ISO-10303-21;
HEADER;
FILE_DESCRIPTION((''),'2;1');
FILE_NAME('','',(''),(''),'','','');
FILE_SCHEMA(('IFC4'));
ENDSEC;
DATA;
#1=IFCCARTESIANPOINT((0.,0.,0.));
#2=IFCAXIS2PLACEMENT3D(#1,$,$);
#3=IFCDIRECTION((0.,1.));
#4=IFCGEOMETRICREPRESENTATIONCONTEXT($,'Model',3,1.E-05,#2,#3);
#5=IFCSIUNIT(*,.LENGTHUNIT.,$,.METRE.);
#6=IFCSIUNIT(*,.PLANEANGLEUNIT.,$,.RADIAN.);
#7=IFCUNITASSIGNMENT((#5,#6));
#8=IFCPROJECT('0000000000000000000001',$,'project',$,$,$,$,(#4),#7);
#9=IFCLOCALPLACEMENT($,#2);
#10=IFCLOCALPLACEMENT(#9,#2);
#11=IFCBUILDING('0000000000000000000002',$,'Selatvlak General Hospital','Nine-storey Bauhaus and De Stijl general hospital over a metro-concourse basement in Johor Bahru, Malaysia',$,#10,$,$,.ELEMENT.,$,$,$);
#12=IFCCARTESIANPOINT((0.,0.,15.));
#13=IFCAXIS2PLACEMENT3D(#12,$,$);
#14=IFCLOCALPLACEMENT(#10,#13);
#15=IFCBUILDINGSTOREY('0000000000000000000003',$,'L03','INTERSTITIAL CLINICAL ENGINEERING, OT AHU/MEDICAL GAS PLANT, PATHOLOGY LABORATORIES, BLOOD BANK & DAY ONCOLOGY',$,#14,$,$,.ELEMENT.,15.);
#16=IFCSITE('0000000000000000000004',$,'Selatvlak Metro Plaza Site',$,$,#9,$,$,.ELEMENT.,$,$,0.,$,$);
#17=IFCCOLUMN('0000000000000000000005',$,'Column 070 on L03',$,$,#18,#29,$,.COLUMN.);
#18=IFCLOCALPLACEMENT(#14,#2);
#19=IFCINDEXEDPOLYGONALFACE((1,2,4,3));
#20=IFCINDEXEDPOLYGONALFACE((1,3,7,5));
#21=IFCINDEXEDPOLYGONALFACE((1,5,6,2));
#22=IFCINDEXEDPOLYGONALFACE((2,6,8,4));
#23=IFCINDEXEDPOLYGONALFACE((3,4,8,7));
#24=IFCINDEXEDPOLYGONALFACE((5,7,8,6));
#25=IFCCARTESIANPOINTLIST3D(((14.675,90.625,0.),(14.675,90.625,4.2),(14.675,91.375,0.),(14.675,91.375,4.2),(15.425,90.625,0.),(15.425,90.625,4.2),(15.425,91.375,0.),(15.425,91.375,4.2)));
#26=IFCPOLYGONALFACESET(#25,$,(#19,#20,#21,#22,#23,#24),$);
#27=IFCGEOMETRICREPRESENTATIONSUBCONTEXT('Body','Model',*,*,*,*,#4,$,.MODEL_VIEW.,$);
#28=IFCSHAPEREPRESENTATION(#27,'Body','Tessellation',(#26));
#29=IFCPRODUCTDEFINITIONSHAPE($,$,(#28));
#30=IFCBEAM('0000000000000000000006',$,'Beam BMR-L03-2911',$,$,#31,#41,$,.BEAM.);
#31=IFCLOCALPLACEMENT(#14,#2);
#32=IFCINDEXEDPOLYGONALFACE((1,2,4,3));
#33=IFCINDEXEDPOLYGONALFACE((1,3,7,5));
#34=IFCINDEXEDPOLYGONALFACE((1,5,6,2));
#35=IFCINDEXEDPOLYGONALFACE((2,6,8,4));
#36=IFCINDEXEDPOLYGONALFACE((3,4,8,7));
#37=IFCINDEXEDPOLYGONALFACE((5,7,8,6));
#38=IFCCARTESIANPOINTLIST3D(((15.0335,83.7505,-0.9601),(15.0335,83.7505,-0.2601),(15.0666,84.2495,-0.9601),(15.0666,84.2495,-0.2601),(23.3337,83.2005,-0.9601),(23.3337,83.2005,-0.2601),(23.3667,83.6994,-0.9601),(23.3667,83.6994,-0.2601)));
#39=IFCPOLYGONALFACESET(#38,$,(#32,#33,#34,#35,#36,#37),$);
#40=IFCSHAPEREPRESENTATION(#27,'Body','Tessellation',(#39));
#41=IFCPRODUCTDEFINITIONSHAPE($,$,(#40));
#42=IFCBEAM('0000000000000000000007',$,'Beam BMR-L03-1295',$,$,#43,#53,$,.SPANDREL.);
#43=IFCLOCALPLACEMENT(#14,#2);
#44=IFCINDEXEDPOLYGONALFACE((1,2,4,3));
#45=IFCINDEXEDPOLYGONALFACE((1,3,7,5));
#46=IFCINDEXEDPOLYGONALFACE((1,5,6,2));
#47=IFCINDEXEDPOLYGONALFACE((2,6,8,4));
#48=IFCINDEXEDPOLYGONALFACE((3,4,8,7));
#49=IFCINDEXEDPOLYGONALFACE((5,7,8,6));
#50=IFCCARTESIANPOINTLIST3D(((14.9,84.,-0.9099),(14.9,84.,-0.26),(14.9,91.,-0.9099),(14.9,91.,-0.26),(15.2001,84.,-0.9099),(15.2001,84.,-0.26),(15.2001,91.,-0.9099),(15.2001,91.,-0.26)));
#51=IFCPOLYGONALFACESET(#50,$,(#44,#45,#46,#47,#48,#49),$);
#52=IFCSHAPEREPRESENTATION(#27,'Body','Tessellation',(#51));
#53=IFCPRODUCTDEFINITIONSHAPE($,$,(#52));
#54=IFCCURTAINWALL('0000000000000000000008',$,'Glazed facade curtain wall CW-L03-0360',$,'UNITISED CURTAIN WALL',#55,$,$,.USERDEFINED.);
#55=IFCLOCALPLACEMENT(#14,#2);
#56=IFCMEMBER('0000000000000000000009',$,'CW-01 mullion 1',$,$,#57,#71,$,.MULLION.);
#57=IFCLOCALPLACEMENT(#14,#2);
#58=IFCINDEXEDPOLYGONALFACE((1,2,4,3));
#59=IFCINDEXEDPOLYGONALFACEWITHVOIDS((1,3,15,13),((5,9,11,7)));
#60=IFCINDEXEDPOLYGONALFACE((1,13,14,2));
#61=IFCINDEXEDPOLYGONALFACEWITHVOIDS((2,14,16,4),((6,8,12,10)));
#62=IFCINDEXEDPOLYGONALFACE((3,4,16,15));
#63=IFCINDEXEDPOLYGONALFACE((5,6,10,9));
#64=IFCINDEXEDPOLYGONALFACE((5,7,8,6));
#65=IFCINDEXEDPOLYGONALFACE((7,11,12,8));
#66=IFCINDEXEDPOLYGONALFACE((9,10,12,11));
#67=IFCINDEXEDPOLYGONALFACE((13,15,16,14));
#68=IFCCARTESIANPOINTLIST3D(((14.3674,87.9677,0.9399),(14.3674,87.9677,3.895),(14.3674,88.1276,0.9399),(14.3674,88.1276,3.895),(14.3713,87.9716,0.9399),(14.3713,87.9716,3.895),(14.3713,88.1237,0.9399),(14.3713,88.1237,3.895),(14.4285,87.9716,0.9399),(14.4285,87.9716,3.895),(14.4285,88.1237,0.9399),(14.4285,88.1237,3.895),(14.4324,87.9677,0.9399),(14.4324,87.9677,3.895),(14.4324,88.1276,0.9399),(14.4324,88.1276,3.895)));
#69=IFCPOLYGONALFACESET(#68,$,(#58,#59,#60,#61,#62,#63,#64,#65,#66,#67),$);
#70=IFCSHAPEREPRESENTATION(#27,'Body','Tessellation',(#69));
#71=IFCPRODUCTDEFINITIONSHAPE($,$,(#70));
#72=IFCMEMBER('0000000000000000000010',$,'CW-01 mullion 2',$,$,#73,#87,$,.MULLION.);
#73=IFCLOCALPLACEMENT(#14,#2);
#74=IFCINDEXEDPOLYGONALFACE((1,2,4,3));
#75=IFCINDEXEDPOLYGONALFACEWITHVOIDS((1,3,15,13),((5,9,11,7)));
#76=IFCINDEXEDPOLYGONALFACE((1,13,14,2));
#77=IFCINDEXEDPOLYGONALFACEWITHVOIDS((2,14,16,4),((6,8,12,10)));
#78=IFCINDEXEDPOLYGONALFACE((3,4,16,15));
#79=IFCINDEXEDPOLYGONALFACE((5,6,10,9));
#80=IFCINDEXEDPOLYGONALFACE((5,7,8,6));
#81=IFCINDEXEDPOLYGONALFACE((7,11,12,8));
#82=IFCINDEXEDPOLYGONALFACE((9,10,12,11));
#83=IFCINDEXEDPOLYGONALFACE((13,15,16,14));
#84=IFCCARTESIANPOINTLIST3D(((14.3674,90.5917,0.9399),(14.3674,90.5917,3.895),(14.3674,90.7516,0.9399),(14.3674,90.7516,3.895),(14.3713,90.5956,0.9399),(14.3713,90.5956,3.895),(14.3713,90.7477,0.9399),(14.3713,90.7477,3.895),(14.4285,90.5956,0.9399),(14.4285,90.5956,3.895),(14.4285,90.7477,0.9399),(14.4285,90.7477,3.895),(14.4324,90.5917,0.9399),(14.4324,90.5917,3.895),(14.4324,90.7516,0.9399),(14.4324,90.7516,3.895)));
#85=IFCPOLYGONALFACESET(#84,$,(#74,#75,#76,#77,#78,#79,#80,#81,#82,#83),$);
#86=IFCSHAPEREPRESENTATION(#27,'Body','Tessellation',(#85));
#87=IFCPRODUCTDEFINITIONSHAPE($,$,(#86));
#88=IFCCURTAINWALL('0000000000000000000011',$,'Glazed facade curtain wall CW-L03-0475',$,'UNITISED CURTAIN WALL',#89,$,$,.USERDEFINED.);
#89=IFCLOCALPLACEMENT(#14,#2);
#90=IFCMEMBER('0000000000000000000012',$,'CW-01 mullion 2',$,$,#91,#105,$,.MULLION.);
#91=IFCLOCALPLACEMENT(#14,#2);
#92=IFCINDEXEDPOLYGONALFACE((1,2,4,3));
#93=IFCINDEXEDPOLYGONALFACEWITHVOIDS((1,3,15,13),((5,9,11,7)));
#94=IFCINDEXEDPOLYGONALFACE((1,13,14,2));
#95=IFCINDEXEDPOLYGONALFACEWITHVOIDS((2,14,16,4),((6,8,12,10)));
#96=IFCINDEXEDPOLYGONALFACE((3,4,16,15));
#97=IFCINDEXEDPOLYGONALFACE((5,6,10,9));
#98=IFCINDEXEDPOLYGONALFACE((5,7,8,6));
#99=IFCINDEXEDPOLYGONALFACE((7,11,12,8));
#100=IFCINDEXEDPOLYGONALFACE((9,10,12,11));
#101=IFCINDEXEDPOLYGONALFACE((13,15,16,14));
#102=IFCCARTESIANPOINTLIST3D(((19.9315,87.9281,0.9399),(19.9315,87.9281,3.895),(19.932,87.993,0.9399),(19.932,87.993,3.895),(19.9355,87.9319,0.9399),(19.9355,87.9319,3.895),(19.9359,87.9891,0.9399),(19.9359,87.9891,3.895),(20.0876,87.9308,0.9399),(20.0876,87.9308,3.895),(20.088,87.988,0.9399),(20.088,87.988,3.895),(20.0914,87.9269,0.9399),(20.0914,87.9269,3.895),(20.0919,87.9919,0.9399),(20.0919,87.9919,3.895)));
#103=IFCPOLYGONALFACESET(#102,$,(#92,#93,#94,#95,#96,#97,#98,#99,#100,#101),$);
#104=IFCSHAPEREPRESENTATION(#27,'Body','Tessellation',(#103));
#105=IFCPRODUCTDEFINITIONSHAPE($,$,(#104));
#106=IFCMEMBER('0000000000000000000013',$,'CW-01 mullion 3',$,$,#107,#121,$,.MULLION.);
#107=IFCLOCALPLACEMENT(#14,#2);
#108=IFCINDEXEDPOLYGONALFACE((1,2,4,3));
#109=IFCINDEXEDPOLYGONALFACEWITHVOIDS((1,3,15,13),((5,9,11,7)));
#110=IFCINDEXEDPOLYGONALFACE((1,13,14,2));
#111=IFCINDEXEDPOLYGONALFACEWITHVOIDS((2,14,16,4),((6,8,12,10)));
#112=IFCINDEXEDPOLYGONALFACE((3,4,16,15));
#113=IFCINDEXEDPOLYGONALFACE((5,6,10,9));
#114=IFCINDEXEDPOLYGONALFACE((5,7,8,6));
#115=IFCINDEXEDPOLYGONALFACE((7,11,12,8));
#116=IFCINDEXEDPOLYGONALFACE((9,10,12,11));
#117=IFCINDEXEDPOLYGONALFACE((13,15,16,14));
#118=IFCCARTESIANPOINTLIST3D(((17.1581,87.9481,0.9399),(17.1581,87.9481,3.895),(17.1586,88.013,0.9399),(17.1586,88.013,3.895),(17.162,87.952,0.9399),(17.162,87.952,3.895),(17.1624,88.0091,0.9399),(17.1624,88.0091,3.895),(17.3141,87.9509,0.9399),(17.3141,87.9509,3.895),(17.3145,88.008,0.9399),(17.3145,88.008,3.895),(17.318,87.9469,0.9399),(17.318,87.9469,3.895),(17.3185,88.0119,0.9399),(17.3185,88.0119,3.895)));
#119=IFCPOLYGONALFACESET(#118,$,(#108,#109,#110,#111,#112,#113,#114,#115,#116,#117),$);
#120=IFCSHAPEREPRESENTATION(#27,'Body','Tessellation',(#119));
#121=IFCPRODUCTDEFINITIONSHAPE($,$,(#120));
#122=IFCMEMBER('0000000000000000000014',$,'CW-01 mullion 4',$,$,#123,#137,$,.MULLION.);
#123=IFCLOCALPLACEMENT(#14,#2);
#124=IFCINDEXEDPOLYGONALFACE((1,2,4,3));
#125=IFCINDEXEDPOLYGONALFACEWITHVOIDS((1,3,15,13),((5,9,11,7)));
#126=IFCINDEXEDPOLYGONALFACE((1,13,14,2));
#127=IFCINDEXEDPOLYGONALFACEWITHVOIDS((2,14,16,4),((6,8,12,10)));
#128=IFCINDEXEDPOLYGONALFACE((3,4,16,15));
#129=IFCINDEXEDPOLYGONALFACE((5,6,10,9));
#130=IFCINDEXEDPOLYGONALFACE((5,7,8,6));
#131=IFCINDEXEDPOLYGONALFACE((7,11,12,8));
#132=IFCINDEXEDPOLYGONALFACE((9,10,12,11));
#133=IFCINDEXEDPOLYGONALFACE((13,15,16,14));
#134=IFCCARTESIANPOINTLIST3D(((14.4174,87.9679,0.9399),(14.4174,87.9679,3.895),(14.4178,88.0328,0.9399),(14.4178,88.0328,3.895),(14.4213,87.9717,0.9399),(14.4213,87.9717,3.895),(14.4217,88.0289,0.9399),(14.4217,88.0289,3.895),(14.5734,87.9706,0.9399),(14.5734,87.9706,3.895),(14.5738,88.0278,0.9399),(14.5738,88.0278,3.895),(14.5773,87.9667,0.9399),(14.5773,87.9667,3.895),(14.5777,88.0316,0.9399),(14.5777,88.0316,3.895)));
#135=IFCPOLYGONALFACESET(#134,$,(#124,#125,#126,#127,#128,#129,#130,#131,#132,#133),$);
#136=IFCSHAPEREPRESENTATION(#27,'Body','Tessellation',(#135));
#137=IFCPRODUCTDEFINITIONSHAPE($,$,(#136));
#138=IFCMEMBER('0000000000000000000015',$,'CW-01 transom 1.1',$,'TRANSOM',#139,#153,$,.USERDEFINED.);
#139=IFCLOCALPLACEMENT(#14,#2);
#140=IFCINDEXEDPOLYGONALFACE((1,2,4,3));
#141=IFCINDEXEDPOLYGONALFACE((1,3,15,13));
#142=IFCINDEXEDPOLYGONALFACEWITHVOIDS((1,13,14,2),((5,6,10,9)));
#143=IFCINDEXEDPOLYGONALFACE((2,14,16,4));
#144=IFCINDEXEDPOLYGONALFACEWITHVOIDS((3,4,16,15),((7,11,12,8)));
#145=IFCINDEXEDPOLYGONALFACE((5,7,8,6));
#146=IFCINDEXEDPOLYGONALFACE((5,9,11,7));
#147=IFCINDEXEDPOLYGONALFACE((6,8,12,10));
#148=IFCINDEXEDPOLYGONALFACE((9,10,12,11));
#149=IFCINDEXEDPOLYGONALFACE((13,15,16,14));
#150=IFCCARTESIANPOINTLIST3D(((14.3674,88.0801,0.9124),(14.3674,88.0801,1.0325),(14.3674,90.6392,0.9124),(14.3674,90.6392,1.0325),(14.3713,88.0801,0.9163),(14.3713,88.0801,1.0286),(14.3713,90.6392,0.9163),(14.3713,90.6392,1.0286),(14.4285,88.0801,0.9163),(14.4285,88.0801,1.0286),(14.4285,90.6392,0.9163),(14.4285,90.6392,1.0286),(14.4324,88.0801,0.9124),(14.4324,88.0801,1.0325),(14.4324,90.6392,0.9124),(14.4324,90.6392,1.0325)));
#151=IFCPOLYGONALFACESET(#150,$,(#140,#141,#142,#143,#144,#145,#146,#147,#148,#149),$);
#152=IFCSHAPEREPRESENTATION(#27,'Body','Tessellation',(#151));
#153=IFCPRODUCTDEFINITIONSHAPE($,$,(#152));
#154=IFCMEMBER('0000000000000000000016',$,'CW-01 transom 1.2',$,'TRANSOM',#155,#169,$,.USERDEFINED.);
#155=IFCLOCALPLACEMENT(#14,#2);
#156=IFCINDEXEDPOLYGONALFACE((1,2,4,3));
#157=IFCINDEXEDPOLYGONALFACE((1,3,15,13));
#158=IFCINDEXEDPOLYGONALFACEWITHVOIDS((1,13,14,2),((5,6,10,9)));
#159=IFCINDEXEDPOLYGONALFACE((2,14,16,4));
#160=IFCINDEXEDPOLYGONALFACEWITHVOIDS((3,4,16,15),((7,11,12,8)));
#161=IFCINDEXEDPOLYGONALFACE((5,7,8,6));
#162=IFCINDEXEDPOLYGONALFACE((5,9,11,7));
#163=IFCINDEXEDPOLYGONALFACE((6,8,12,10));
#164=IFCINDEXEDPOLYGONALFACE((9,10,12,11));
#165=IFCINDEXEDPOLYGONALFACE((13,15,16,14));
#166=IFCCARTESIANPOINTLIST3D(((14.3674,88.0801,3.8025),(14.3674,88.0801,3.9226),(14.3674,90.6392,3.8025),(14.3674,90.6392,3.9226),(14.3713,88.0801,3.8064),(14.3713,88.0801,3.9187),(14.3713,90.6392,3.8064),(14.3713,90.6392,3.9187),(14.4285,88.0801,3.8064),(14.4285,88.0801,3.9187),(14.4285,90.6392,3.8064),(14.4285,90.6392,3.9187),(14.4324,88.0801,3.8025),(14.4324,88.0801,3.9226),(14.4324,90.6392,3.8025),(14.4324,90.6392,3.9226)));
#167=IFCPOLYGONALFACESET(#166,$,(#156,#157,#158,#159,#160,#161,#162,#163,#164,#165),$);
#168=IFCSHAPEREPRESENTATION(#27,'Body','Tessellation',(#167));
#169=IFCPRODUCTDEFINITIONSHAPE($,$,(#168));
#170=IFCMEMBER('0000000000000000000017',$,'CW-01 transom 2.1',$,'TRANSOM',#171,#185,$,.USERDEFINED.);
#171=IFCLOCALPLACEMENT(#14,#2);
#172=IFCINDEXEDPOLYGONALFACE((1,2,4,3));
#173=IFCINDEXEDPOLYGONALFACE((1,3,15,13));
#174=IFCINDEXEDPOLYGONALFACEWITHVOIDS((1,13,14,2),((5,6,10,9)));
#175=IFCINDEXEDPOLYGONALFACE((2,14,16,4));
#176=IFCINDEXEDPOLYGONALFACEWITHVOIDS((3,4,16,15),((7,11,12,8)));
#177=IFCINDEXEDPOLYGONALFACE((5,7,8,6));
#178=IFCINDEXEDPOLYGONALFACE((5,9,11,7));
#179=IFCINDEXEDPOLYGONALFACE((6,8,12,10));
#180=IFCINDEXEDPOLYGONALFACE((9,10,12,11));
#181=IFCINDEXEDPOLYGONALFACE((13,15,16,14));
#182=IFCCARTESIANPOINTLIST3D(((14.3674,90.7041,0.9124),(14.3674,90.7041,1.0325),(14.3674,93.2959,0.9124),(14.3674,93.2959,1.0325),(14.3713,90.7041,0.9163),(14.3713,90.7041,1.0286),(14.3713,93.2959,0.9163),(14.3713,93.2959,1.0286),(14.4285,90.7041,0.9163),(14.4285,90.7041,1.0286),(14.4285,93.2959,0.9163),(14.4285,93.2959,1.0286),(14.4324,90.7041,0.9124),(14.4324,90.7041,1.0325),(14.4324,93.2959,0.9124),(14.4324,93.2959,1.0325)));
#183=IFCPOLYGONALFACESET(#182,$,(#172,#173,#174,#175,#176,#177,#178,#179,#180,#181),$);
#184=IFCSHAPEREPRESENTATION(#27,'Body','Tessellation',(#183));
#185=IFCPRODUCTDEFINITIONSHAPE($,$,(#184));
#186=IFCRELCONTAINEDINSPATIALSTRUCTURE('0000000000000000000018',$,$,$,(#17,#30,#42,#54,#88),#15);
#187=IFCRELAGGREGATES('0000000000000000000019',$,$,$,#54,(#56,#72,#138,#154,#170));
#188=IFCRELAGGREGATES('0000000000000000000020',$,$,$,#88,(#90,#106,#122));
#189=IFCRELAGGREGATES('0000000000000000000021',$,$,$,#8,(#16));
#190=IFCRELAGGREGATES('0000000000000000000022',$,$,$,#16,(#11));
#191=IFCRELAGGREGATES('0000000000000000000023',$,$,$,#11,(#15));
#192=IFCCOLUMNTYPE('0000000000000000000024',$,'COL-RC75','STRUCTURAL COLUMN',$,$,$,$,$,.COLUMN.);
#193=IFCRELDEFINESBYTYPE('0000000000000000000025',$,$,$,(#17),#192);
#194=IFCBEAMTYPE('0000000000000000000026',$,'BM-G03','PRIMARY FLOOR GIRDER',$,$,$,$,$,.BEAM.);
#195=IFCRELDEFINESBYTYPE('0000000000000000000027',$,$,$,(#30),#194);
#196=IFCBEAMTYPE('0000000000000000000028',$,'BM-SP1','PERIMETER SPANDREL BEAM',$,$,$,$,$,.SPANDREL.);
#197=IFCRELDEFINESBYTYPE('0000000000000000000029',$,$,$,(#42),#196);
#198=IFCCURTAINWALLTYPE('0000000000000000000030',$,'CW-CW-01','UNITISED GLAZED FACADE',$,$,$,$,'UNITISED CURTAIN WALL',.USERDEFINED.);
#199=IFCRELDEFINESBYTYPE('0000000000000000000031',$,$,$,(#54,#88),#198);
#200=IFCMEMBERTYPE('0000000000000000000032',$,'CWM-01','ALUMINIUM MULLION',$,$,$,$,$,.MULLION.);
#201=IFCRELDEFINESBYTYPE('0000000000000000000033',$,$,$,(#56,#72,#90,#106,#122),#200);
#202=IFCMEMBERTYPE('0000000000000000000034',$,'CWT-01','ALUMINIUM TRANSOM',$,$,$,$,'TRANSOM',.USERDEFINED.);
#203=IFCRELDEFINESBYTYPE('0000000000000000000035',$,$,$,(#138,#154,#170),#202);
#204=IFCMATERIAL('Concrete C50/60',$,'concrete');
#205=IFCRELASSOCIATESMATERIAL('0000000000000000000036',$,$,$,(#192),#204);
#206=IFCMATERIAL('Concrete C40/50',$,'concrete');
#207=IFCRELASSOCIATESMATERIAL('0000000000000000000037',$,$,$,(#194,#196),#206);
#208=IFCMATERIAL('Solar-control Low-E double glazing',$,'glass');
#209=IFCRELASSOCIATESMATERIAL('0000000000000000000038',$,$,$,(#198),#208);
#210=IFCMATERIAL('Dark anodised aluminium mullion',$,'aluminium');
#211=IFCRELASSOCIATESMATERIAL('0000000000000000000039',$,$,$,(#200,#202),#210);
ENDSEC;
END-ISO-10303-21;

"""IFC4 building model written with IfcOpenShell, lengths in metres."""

from ifc_helpers import new_model, si_unit, direction, frame, origin, origin_2d, place, context, subcontext, project, spatial, rectangle, hollow_rectangle, extrude, material, material_profile, profile_set, type_object, element, aggregate, save


model = new_model("IFC4")

# Units and contexts
model_context = context("Model", 3, precision=1e-05, world=origin(), true_north=direction((0.0, 1.0)))
body_context = subcontext(model_context, "Body", "Model", "MODEL_VIEW")
ifc_project = project(units=[si_unit("LENGTHUNIT", "METRE"), si_unit("PLANEANGLEUNIT", "RADIAN")], contexts=[model_context])

# Site, building, storey
site_placement = place(None, origin())
site = spatial("IfcSite", under=ifc_project, at=site_placement, Name="Selatvlak Metro Plaza Site", CompositionType="ELEMENT", RefElevation=0.0)
building_placement = place(site_placement, origin())
building = spatial("IfcBuilding", under=site, at=building_placement, Name="Selatvlak General Hospital", Description="Nine-storey Bauhaus and De Stijl general hospital over a metro-concourse basement in Johor Bahru, Malaysia", CompositionType="ELEMENT")
storey_placement = place(building_placement, frame((0.0, 0.0, 15.0)))
storey = spatial("IfcBuildingStorey", under=building, at=storey_placement, Name="L03", Description="INTERSTITIAL CLINICAL ENGINEERING, OT AHU/MEDICAL GAS PLANT, PATHOLOGY LABORATORIES, BLOOD BANK & DAY ONCOLOGY", CompositionType="ELEMENT", Elevation=15.0)

# Column
ifc_material_1 = material(Name="Concrete C50/60", Category="concrete")
ifc_material_profile_1 = material_profile(ifc_material_1, rectangle(XDim=0.75, YDim=0.75, at=origin_2d()), Name="RC-COL 750x750")
ifc_profile_set_1 = profile_set([ifc_material_profile_1], Name="Concrete C50/60")
column_type = type_object("IfcColumnType", Name="COL-RC75", Description="STRUCTURAL COLUMN", PredefinedType="COLUMN", material=ifc_profile_set_1)
column_placement = place(storey_placement, frame((15.05, 91.0, 0.0), z_axis=(0.0, 0.0, 1.0), x_axis=(1.0, 0.0, 0.0)))
element("IfcColumn", 1, at=column_placement, inside=storey, type_object=column_type, Name="Column 070 on L03", PredefinedType="COLUMN", context=body_context, shape_type="SweptSolid", body=[
    extrude(rectangle(XDim=0.75, YDim=0.75, at=origin_2d()), origin(), (0.0, 0.0, 1.0), 4.2),
])

# Beams
ifc_material_2 = material(Name="Concrete C40/50", Category="concrete")
ifc_material_profile_2 = material_profile(ifc_material_2, rectangle(XDim=0.5, YDim=0.7, at=origin_2d()), Name="RC-BM 500x700")
ifc_profile_set_2 = profile_set([ifc_material_profile_2], Name="Concrete C40/50")
beam_type_1 = type_object("IfcBeamType", Name="BM-G03", Description="PRIMARY FLOOR GIRDER", PredefinedType="BEAM", material=ifc_profile_set_2)
beam_1_placement = place(storey_placement, frame((15.05, 84.0, -0.6101), z_axis=(0.997811, -0.066126, 0.0), x_axis=(0.066126, 0.997811, 0.0)))
element("IfcBeam", 2, at=beam_1_placement, inside=storey, type_object=beam_type_1, Name="Beam BMR-L03-2911", PredefinedType="BEAM", context=body_context, shape_type="SweptSolid", body=[
    extrude(rectangle(XDim=0.5, YDim=0.7, at=origin_2d()), origin(), (0.0, 0.0, 1.0), 8.3184),
])
ifc_material_profile_3 = material_profile(ifc_material_2, rectangle(XDim=0.3, YDim=0.6499, at=origin_2d()), Name="RC-SP 300x650")
ifc_profile_set_3 = profile_set([ifc_material_profile_3], Name="Concrete C40/50")
beam_type_2 = type_object("IfcBeamType", Name="BM-SP1", Description="PERIMETER SPANDREL BEAM", PredefinedType="SPANDREL", material=ifc_profile_set_3)
beam_2_placement = place(storey_placement, frame((15.05, 84.0, -0.585), z_axis=(0.0, 1.0, 0.0), x_axis=(-1.0, 0.0, 0.0)))
element("IfcBeam", 3, at=beam_2_placement, inside=storey, type_object=beam_type_2, Name="Beam BMR-L03-1295", PredefinedType="SPANDREL", context=body_context, shape_type="SweptSolid", body=[
    extrude(rectangle(XDim=0.3, YDim=0.6499, at=origin_2d()), origin(), (0.0, 0.0, 1.0), 7.0),
])

# Curtain walls, members
ifc_material_3 = material(Name="Solar-control Low-E double glazing", Category="glass")
curtain_wall_type = type_object("IfcCurtainWallType", Name="CW-CW-01", Description="UNITISED GLAZED FACADE", ElementType="UNITISED CURTAIN WALL", PredefinedType="USERDEFINED", material=ifc_material_3)
curtain_wall_1_placement = place(storey_placement, origin())
curtain_wall_1 = element("IfcCurtainWall", 4, at=curtain_wall_1_placement, inside=storey, type_object=curtain_wall_type, Name="Glazed facade curtain wall CW-L03-0360", ObjectType="UNITISED CURTAIN WALL", PredefinedType="USERDEFINED")
ifc_material_4 = material(Name="Dark anodised aluminium mullion", Category="aluminium")
ifc_material_profile_4 = material_profile(ifc_material_4, hollow_rectangle(XDim=0.0649, YDim=0.1599, WallThickness=0.0039, at=origin_2d()), Name="AL-MUL 65x160x4")
ifc_profile_set_4 = profile_set([ifc_material_profile_4], Name="Dark anodised aluminium mullion")
member_type_1 = type_object("IfcMemberType", Name="CWM-01", Description="ALUMINIUM MULLION", PredefinedType="MULLION", material=ifc_profile_set_4)
member_1_placement = place(storey_placement, frame((14.3999, 88.0476, 0.9399), z_axis=(0.0, 0.0, 1.0), x_axis=(-1.0, 0.0, 0.0)))
member_1 = element("IfcMember", 5, at=member_1_placement, type_object=member_type_1, Name="CW-01 mullion 1", PredefinedType="MULLION", context=body_context, shape_type="SweptSolid", body=[
    extrude(hollow_rectangle(XDim=0.0649, YDim=0.1599, WallThickness=0.0039, at=origin_2d()), origin(), (0.0, 0.0, 1.0), 2.9551),
])
member_2_placement = place(storey_placement, frame((14.3999, 90.6716, 0.9399), z_axis=(0.0, 0.0, 1.0), x_axis=(-1.0, 0.0, 0.0)))
member_2 = element("IfcMember", 6, at=member_2_placement, type_object=member_type_1, Name="CW-01 mullion 2", PredefinedType="MULLION", context=body_context, shape_type="SweptSolid", body=[
    extrude(hollow_rectangle(XDim=0.0649, YDim=0.1599, WallThickness=0.0039, at=origin_2d()), origin(), (0.0, 0.0, 1.0), 2.9551),
])
curtain_wall_2_placement = place(storey_placement, origin())
curtain_wall_2 = element("IfcCurtainWall", 7, at=curtain_wall_2_placement, inside=storey, type_object=curtain_wall_type, Name="Glazed facade curtain wall CW-L03-0475", ObjectType="UNITISED CURTAIN WALL", PredefinedType="USERDEFINED")
member_3_placement = place(storey_placement, frame((20.0117, 87.96, 0.9399), z_axis=(0.0, 0.0, 1.0), x_axis=(-0.007211, -0.999974, 0.0)))
member_3 = element("IfcMember", 8, at=member_3_placement, type_object=member_type_1, Name="CW-01 mullion 2", PredefinedType="MULLION", context=body_context, shape_type="SweptSolid", body=[
    extrude(hollow_rectangle(XDim=0.0649, YDim=0.1599, WallThickness=0.0039, at=origin_2d()), origin(), (0.0, 0.0, 1.0), 2.9551),
])
member_4_placement = place(storey_placement, frame((17.2383, 87.98, 0.9399), z_axis=(0.0, 0.0, 1.0), x_axis=(-0.007211, -0.999974, 0.0)))
member_4 = element("IfcMember", 9, at=member_4_placement, type_object=member_type_1, Name="CW-01 mullion 3", PredefinedType="MULLION", context=body_context, shape_type="SweptSolid", body=[
    extrude(hollow_rectangle(XDim=0.0649, YDim=0.1599, WallThickness=0.0039, at=origin_2d()), origin(), (0.0, 0.0, 1.0), 2.9551),
])
member_5_placement = place(storey_placement, frame((14.4976, 87.9998, 0.9399), z_axis=(0.0, 0.0, 1.0), x_axis=(-0.007211, -0.999974, 0.0)))
member_5 = element("IfcMember", 10, at=member_5_placement, type_object=member_type_1, Name="CW-01 mullion 4", PredefinedType="MULLION", context=body_context, shape_type="SweptSolid", body=[
    extrude(hollow_rectangle(XDim=0.0649, YDim=0.1599, WallThickness=0.0039, at=origin_2d()), origin(), (0.0, 0.0, 1.0), 2.9551),
])

# Members
ifc_material_profile_5 = material_profile(ifc_material_4, hollow_rectangle(XDim=0.0649, YDim=0.1201, WallThickness=0.0039, at=origin_2d()), Name="AL-TRN 65x120x4")
ifc_profile_set_5 = profile_set([ifc_material_profile_5], Name="Dark anodised aluminium mullion")
member_type_2 = type_object("IfcMemberType", Name="CWT-01", Description="ALUMINIUM TRANSOM", ElementType="TRANSOM", PredefinedType="USERDEFINED", material=ifc_profile_set_5)
member_6_placement = place(storey_placement, frame((14.3999, 88.0801, 0.9724), z_axis=(0.0, 1.0, 0.0), x_axis=(-1.0, 0.0, 0.0)))
member_6 = element("IfcMember", 11, at=member_6_placement, type_object=member_type_2, Name="CW-01 transom 1.1", ObjectType="TRANSOM", PredefinedType="USERDEFINED", context=body_context, shape_type="SweptSolid", body=[
    extrude(hollow_rectangle(XDim=0.0649, YDim=0.1201, WallThickness=0.0039, at=origin_2d()), origin(), (0.0, 0.0, 1.0), 2.5591),
])
member_7_placement = place(storey_placement, frame((14.3999, 88.0801, 3.8625), z_axis=(0.0, 1.0, 0.0), x_axis=(-1.0, 0.0, 0.0)))
member_7 = element("IfcMember", 12, at=member_7_placement, type_object=member_type_2, Name="CW-01 transom 1.2", ObjectType="TRANSOM", PredefinedType="USERDEFINED", context=body_context, shape_type="SweptSolid", body=[
    extrude(hollow_rectangle(XDim=0.0649, YDim=0.1201, WallThickness=0.0039, at=origin_2d()), origin(), (0.0, 0.0, 1.0), 2.5591),
])
member_8_placement = place(storey_placement, frame((14.3999, 90.7041, 0.9724), z_axis=(0.0, 1.0, 0.0), x_axis=(-1.0, 0.0, 0.0)))
member_8 = element("IfcMember", 13, at=member_8_placement, type_object=member_type_2, Name="CW-01 transom 2.1", ObjectType="TRANSOM", PredefinedType="USERDEFINED", context=body_context, shape_type="SweptSolid", body=[
    extrude(hollow_rectangle(XDim=0.0649, YDim=0.1201, WallThickness=0.0039, at=origin_2d()), origin(), (0.0, 0.0, 1.0), 2.5918),
])

aggregate(curtain_wall_1, [member_1, member_2, member_6, member_7, member_8])
aggregate(curtain_wall_2, [member_3, member_4, member_5])

save(model, "model.ifc")
